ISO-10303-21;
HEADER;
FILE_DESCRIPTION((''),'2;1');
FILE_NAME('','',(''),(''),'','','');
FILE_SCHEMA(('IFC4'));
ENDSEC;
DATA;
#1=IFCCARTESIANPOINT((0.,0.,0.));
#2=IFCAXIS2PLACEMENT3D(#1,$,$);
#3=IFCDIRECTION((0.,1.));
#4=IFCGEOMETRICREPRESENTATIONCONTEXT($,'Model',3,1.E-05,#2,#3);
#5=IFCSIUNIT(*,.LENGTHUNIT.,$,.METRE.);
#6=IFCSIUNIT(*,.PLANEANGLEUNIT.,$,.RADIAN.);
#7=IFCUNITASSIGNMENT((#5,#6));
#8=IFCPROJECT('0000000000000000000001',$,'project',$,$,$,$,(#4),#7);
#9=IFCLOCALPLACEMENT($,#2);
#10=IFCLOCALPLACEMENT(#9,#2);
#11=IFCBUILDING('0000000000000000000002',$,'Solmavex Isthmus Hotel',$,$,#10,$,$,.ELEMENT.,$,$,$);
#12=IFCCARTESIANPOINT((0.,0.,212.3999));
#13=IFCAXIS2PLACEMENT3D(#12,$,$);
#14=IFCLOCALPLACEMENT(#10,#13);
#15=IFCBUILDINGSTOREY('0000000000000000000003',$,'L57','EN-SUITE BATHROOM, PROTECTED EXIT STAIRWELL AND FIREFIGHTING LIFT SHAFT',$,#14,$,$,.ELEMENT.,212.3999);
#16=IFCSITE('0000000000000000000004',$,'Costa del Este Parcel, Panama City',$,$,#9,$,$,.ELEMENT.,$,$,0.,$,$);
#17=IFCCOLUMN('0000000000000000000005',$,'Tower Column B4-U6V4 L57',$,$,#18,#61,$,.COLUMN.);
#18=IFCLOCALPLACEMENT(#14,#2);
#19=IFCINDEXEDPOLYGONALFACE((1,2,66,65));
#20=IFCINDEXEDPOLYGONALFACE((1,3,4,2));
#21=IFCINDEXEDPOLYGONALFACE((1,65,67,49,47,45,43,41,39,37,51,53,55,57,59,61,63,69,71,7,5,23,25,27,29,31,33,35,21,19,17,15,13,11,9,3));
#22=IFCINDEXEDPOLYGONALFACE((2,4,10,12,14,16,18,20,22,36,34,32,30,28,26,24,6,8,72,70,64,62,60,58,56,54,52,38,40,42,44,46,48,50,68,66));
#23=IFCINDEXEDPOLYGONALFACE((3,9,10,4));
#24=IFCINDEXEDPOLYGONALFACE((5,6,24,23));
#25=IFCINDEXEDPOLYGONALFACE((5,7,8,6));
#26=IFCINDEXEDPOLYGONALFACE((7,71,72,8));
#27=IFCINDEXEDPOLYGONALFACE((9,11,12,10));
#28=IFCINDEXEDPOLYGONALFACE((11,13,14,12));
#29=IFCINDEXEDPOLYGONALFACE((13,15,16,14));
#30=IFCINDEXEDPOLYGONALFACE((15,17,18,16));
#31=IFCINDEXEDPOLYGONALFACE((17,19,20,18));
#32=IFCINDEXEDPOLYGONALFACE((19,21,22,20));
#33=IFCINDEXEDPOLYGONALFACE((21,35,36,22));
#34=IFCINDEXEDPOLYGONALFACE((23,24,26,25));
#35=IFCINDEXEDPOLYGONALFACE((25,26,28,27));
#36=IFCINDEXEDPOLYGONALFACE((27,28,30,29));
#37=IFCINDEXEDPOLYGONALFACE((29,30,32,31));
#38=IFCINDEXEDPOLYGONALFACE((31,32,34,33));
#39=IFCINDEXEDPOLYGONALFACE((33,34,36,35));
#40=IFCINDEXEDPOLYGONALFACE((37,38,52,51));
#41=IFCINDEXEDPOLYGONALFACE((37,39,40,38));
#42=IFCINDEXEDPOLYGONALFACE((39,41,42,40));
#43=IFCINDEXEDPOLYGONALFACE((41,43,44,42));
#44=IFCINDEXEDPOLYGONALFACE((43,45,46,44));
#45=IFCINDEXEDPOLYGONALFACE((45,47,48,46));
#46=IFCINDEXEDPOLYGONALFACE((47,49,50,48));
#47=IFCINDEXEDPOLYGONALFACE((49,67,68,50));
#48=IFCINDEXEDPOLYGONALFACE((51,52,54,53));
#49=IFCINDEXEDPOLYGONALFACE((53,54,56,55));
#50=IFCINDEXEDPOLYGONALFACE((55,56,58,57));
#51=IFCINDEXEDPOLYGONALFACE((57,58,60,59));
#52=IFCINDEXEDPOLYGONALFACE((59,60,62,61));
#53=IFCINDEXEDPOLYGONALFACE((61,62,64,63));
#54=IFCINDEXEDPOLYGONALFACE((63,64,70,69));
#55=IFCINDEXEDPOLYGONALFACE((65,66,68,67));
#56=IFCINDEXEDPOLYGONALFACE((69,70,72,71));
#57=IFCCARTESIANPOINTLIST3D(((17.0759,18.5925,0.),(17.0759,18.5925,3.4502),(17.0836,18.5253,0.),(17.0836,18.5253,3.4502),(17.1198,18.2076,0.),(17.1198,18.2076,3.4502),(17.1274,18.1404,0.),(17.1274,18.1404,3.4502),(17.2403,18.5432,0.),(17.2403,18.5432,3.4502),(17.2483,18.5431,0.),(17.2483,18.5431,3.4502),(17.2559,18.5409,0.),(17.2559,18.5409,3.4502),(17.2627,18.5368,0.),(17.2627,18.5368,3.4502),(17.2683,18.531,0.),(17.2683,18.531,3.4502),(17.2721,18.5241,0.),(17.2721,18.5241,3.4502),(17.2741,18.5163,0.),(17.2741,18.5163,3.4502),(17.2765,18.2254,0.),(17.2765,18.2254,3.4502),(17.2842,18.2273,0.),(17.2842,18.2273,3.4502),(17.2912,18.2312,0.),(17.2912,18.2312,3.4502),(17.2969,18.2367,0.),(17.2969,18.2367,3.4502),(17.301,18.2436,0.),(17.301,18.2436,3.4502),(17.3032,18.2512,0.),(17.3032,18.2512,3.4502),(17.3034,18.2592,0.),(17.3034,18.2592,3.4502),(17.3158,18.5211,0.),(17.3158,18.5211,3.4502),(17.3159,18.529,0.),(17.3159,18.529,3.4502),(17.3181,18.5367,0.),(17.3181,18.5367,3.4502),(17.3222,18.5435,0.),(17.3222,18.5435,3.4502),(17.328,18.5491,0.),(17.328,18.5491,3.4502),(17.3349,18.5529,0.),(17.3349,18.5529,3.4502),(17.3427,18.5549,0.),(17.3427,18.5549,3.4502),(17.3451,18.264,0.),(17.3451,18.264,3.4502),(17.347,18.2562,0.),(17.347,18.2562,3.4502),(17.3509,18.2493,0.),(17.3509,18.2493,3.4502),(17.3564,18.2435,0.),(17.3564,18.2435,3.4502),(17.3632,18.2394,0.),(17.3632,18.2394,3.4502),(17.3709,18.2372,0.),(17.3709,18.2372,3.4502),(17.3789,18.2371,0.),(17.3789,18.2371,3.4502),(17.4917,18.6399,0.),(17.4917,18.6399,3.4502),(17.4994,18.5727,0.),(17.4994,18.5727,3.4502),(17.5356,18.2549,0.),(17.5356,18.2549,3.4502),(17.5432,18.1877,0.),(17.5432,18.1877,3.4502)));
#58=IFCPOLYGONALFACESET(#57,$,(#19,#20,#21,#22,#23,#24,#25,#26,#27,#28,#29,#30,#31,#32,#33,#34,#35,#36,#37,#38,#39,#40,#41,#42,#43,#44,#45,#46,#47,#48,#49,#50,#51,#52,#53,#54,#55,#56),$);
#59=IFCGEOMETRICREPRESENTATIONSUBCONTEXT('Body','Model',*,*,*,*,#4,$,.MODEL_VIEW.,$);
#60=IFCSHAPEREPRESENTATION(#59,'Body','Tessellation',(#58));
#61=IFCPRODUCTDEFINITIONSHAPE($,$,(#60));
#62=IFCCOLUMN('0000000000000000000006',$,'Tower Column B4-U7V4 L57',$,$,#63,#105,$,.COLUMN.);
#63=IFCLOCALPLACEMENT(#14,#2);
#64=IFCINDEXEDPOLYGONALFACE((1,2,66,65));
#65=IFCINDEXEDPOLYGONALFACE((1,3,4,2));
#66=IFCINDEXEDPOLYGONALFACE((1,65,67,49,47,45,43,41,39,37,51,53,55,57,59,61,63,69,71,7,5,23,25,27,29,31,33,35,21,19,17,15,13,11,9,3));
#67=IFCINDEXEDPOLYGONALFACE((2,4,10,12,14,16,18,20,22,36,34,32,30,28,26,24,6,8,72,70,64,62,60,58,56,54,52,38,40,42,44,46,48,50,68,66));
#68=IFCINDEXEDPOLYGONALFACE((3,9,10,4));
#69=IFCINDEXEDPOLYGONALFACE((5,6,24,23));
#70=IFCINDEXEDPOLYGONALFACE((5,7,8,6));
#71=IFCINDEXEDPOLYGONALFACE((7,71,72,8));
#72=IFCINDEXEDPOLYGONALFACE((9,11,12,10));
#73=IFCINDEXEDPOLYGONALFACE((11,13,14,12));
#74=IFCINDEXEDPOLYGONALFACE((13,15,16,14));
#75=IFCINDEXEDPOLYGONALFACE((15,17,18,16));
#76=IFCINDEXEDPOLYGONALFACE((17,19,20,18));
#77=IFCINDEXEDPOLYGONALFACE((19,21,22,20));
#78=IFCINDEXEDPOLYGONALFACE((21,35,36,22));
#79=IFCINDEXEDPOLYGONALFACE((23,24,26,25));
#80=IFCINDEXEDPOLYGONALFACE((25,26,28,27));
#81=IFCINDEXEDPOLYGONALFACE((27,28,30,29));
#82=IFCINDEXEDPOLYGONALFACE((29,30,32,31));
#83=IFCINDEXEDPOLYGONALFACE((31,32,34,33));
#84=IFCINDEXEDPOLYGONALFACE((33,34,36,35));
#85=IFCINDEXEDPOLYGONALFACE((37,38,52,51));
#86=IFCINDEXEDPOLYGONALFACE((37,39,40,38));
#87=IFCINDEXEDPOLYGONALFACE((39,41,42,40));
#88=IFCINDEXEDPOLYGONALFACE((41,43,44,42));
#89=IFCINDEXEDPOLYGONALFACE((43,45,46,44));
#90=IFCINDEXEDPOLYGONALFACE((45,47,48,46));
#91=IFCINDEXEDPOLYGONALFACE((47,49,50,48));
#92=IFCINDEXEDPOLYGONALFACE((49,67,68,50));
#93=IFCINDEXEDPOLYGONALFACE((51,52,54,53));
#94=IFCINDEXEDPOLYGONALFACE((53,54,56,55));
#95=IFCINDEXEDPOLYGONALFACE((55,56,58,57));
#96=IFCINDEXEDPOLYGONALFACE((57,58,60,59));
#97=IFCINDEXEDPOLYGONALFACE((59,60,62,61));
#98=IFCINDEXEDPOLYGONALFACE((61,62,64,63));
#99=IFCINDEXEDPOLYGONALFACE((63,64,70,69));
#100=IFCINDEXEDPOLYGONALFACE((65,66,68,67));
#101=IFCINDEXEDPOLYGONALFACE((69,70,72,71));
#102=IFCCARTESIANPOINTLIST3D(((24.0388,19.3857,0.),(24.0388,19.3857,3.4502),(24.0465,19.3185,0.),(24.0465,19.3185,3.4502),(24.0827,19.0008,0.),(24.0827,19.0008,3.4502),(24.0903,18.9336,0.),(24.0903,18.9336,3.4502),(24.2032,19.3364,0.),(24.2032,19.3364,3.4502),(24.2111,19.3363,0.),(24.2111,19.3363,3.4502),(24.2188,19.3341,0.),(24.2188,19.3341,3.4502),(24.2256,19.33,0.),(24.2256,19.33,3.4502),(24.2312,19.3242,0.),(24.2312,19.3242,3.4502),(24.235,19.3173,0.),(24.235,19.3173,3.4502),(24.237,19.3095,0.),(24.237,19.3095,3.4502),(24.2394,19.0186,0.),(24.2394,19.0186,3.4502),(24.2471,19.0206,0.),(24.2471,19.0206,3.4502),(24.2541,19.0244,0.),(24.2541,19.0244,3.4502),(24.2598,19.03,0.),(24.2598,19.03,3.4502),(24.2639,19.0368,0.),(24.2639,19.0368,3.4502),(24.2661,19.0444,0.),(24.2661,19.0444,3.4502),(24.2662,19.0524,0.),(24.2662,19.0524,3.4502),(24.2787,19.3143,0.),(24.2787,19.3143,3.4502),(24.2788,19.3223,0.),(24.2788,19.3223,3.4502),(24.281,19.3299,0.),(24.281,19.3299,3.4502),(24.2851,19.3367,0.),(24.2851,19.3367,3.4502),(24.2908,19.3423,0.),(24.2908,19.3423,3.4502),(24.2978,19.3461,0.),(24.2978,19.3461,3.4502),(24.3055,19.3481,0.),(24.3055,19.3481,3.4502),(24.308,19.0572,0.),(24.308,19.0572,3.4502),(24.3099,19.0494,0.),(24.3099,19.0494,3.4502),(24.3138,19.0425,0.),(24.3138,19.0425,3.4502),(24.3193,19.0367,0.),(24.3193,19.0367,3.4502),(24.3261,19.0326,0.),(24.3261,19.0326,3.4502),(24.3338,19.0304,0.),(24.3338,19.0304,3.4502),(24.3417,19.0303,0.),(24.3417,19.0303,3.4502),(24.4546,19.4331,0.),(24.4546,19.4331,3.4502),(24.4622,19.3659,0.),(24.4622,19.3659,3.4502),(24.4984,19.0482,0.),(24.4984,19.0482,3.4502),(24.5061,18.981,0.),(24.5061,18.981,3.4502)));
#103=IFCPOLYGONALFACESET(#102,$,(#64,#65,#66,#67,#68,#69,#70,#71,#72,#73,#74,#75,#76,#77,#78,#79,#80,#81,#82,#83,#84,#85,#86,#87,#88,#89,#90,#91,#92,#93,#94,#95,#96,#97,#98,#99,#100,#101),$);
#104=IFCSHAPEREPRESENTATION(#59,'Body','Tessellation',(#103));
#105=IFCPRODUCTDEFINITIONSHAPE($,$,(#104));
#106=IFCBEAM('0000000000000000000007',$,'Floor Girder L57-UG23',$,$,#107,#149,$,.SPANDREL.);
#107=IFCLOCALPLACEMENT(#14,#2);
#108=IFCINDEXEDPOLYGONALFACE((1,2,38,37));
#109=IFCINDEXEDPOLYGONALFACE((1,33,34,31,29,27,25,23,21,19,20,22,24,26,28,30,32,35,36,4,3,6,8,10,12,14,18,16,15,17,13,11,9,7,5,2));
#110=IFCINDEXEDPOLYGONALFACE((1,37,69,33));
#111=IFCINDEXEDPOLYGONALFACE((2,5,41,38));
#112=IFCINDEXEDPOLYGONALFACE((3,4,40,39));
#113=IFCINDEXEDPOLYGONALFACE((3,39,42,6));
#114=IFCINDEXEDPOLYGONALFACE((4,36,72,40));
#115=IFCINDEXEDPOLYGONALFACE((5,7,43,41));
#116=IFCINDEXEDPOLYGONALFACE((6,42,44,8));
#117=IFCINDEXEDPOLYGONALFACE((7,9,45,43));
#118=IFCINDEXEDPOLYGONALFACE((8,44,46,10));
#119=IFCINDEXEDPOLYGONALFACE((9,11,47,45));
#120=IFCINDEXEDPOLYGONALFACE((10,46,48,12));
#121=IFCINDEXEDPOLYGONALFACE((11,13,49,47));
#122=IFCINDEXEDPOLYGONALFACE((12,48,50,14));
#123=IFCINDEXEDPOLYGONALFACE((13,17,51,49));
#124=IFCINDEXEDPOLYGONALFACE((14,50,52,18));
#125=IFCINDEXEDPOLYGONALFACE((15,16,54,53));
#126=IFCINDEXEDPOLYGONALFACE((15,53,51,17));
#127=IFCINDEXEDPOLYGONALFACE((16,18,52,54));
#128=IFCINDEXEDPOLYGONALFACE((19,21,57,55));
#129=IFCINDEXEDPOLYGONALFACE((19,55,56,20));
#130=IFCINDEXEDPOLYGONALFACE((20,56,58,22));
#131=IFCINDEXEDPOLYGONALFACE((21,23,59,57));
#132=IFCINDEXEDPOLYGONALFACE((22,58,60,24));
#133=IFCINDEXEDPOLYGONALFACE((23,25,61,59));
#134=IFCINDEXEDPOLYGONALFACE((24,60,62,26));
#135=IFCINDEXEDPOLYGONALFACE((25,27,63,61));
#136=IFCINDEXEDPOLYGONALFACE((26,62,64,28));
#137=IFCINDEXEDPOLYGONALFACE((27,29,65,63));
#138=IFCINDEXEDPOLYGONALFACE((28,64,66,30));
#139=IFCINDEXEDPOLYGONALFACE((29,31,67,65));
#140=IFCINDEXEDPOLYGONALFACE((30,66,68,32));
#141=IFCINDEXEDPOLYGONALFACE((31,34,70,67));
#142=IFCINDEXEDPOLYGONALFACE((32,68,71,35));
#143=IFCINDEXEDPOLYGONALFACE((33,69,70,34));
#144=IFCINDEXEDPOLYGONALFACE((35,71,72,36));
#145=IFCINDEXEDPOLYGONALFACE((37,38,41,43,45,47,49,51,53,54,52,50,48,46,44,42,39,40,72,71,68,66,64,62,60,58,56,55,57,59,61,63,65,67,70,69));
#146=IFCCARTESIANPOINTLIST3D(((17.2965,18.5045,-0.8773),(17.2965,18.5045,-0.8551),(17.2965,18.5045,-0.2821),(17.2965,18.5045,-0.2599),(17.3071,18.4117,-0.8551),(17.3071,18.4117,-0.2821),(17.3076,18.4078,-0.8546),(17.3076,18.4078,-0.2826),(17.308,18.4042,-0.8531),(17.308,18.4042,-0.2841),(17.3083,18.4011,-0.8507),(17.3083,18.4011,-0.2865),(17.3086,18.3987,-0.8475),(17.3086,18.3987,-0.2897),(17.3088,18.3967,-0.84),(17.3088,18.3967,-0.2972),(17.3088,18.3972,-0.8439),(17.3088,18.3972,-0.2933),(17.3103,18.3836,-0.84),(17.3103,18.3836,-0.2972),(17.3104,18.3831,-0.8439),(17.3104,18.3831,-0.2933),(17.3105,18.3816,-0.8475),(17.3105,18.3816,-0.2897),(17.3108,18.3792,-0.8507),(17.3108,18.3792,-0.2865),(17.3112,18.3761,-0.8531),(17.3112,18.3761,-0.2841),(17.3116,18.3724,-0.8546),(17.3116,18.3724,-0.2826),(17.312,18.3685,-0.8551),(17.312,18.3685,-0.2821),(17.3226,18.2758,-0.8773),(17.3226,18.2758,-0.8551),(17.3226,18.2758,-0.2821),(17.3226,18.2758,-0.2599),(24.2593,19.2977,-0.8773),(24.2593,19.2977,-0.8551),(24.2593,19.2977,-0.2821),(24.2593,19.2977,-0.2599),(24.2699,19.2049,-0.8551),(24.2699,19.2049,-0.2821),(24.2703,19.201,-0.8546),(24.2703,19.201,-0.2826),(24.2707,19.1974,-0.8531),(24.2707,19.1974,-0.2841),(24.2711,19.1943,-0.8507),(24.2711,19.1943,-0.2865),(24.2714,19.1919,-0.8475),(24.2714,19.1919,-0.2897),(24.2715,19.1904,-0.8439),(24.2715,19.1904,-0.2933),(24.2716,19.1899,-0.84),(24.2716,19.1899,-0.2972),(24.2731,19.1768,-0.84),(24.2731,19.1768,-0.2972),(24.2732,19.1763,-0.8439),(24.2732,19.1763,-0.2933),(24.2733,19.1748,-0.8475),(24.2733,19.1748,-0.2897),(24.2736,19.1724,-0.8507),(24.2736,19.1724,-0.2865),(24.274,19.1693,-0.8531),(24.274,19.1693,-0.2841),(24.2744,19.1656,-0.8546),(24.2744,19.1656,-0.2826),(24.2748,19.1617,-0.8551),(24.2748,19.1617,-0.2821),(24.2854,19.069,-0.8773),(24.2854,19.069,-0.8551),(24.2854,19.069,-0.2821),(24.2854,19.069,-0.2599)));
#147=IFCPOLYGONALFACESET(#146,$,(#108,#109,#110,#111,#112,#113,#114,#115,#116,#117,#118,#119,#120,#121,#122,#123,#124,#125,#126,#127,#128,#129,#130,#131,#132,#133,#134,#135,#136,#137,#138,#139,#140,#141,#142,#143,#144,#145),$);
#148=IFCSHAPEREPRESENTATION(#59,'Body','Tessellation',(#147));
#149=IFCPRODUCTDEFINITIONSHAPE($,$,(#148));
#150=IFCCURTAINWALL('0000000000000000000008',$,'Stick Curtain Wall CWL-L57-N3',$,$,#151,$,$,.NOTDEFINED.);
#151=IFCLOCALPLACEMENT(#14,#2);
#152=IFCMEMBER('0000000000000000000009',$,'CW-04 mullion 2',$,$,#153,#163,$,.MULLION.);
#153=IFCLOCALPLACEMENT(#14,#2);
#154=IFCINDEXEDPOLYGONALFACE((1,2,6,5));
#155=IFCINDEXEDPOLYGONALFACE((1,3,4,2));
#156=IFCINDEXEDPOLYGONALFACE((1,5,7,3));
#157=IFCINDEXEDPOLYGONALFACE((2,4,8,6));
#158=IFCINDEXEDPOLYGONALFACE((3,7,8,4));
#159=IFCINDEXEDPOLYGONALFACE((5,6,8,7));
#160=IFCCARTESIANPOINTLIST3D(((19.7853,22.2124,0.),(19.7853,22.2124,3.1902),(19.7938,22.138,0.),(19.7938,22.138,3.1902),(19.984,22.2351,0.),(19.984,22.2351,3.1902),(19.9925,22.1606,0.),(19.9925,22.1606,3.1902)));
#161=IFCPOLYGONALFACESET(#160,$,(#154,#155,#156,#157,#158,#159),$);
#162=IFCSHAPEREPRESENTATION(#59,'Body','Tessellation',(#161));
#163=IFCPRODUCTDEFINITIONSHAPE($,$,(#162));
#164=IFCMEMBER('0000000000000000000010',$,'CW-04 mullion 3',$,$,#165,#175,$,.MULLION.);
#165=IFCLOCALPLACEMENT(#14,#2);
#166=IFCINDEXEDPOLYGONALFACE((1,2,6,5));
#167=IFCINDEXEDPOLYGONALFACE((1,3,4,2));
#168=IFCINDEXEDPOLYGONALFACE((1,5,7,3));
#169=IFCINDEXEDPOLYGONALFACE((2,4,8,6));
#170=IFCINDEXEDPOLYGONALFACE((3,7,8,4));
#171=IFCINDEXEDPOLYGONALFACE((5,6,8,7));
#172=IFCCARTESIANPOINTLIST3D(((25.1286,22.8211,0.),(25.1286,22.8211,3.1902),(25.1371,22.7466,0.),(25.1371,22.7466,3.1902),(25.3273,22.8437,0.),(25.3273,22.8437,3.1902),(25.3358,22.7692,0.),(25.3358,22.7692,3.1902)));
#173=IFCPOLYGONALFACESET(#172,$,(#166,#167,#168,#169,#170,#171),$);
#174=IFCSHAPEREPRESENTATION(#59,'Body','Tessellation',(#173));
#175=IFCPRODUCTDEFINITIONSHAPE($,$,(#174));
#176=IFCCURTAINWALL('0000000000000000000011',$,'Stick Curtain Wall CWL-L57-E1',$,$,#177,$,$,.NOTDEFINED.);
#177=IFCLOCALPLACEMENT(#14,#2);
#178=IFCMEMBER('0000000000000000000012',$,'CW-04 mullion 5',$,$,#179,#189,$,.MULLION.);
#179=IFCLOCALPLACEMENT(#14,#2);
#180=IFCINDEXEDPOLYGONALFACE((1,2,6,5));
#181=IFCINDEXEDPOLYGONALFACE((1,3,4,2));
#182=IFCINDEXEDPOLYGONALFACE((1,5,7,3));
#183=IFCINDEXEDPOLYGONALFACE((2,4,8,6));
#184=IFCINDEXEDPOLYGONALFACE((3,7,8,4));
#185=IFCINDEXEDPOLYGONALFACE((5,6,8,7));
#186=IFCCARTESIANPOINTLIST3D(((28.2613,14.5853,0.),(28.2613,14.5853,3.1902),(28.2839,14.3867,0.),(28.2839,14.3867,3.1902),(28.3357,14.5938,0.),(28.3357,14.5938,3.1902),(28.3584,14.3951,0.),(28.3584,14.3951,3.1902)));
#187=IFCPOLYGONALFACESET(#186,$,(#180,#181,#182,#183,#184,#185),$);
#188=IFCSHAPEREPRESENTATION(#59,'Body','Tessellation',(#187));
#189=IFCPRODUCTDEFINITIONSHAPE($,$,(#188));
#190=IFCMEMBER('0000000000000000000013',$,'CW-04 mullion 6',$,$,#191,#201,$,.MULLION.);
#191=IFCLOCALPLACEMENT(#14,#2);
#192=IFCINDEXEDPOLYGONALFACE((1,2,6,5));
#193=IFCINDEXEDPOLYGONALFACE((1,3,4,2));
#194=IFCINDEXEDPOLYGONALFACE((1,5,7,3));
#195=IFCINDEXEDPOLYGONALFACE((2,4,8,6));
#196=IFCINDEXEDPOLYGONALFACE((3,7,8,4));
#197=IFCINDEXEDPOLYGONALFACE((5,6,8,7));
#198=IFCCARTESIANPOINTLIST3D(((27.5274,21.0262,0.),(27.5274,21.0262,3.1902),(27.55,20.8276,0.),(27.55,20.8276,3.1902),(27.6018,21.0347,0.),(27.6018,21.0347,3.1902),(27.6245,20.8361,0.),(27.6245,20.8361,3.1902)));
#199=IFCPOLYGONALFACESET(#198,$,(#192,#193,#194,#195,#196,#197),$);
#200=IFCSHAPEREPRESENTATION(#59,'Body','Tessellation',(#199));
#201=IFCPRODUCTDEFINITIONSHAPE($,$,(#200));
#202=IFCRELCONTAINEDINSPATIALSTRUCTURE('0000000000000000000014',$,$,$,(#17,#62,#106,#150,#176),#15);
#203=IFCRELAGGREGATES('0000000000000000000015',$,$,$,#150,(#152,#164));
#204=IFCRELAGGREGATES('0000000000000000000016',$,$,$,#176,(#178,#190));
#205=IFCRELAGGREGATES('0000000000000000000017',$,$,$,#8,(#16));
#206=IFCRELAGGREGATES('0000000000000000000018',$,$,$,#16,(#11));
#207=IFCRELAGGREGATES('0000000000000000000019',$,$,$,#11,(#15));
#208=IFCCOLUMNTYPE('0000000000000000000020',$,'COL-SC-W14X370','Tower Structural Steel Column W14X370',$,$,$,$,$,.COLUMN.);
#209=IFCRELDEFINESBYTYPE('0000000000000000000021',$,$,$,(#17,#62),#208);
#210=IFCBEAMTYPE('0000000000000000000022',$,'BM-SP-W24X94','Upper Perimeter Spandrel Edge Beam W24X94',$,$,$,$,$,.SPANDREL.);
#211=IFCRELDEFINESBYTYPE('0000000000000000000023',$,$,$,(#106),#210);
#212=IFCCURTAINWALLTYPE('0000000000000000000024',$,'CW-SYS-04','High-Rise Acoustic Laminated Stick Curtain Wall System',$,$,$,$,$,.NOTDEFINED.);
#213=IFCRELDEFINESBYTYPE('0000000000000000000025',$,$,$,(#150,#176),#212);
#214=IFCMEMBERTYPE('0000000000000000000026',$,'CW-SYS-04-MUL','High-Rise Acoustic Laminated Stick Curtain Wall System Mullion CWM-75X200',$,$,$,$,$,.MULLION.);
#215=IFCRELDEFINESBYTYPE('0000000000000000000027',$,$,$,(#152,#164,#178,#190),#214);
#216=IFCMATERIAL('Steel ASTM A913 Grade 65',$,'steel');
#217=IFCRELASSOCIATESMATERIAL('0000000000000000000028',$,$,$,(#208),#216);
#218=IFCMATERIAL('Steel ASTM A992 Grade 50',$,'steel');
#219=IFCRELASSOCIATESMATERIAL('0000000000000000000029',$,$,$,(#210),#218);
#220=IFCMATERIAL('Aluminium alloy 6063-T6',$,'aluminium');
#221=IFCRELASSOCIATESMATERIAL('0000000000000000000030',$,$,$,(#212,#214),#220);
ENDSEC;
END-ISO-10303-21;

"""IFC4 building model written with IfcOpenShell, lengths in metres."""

from ifc_helpers import new_model, si_unit, direction, frame, origin, origin_2d, place, context, subcontext, project, spatial, rectangle, i_section, extrude, material, material_profile, profile_set, type_object, element, aggregate, save


model = new_model("IFC4")

# Units and contexts
model_context = context("Model", 3, precision=1e-05, world=origin(), true_north=direction((0.0, 1.0)))
body_context = subcontext(model_context, "Body", "Model", "MODEL_VIEW")
ifc_project = project(units=[si_unit("LENGTHUNIT", "METRE"), si_unit("PLANEANGLEUNIT", "RADIAN")], contexts=[model_context])

# Site, building, storey
site_placement = place(None, origin())
site = spatial("IfcSite", under=ifc_project, at=site_placement, Name="Costa del Este Parcel, Panama City", CompositionType="ELEMENT", RefElevation=0.0)
building_placement = place(site_placement, origin())
building = spatial("IfcBuilding", under=site, at=building_placement, Name="Solmavex Isthmus Hotel", CompositionType="ELEMENT")
storey_placement = place(building_placement, frame((0.0, 0.0, 212.3999)))
storey = spatial("IfcBuildingStorey", under=building, at=storey_placement, Name="L57", Description="EN-SUITE BATHROOM, PROTECTED EXIT STAIRWELL AND FIREFIGHTING LIFT SHAFT", CompositionType="ELEMENT", Elevation=212.3999)

# Columns
ifc_material_1 = material(Name="Steel ASTM A913 Grade 65", Category="steel")
ifc_material_profile_1 = material_profile(ifc_material_1, i_section(OverallWidth=0.4185, OverallDepth=0.4551, WebThickness=0.042, FlangeThickness=0.0676, FilletRadius=0.0305, at=origin_2d()), Name="W14X370")
ifc_profile_set_1 = profile_set([ifc_material_profile_1], Name="Steel ASTM A913 Grade 65")
column_type = type_object("IfcColumnType", Name="COL-SC-W14X370", Description="Tower Structural Steel Column W14X370", PredefinedType="COLUMN", material=ifc_profile_set_1)
for number, where, z_axis, x_axis, name in (
    (1, (17.3096, 18.3901, 0.0), (0.0, 0.0, 1.0), (0.993572, 0.113203, 0.0), "Tower Column B4-U6V4 L57"),
    (2, (24.2725, 19.1833, 0.0), (0.0, 0.0, 1.0), (0.993572, 0.113203, 0.0), "Tower Column B4-U7V4 L57"),
):
    element("IfcColumn", number, at=place(storey_placement, frame(where, z_axis=z_axis, x_axis=x_axis)), inside=storey, type_object=column_type, Name=name, PredefinedType="COLUMN", context=body_context, shape_type="SweptSolid", body=[
        extrude(i_section(OverallWidth=0.4185, OverallDepth=0.4551, WebThickness=0.042, FlangeThickness=0.0676, FilletRadius=0.0305, at=origin_2d()), origin(), (0.0, 0.0, 1.0), 3.4502),
    ])

# Beam
ifc_material_2 = material(Name="Steel ASTM A992 Grade 50", Category="steel")
ifc_material_profile_2 = material_profile(ifc_material_2, i_section(OverallWidth=0.2302, OverallDepth=0.6174, WebThickness=0.0132, FlangeThickness=0.0222, FilletRadius=0.0151, at=origin_2d()), Name="W24X94")
ifc_profile_set_2 = profile_set([ifc_material_profile_2], Name="Steel ASTM A992 Grade 50")
beam_type = type_object("IfcBeamType", Name="BM-SP-W24X94", Description="Upper Perimeter Spandrel Edge Beam W24X94", PredefinedType="SPANDREL", material=ifc_profile_set_2)
beam_placement = place(storey_placement, frame((17.3096, 18.3901, -0.5686), z_axis=(0.993574, 0.113188, 0.0), x_axis=(-0.113188, 0.993574, 0.0)))
element("IfcBeam", 3, at=beam_placement, inside=storey, type_object=beam_type, Name="Floor Girder L57-UG23", PredefinedType="SPANDREL", context=body_context, shape_type="SweptSolid", body=[
    extrude(i_section(OverallWidth=0.2302, OverallDepth=0.6174, WebThickness=0.0132, FlangeThickness=0.0222, FilletRadius=0.0151, at=origin_2d()), origin(), (0.0, 0.0, 1.0), 7.0078),
])

# Curtain walls, members
ifc_material_3 = material(Name="Aluminium alloy 6063-T6", Category="aluminium")
curtain_wall_type = type_object("IfcCurtainWallType", Name="CW-SYS-04", Description="High-Rise Acoustic Laminated Stick Curtain Wall System", PredefinedType="NOTDEFINED", material=ifc_material_3)
curtain_wall_1_placement = place(storey_placement, origin())
curtain_wall_1 = element("IfcCurtainWall", 4, at=curtain_wall_1_placement, inside=storey, type_object=curtain_wall_type, Name="Stick Curtain Wall CWL-L57-N3", PredefinedType="NOTDEFINED")
ifc_material_profile_3 = material_profile(ifc_material_3, rectangle(XDim=0.075, YDim=0.2, at=origin_2d()), Name="CWM-75X200")
ifc_profile_set_3 = profile_set([ifc_material_profile_3], Name="Aluminium alloy 6063-T6")
member_type_1 = type_object("IfcMemberType", Name="CW-SYS-04-MUL", Description="High-Rise Acoustic Laminated Stick Curtain Wall System Mullion CWM-75X200", PredefinedType="MULLION", material=ifc_profile_set_3)
member_1_placement = place(storey_placement, frame((19.8889, 22.1865, 0.0), z_axis=(0.0, 0.0, 1.0), x_axis=(-0.113204, 0.993572, 0.0)))
member_1 = element("IfcMember", 5, at=member_1_placement, type_object=member_type_1, Name="CW-04 mullion 2", PredefinedType="MULLION", context=body_context, shape_type="SweptSolid", body=[
    extrude(rectangle(XDim=0.075, YDim=0.2, at=origin_2d()), origin(), (0.0, 0.0, 1.0), 3.1902),
])
member_2_placement = place(storey_placement, frame((25.2322, 22.7952, 0.0), z_axis=(0.0, 0.0, 1.0), x_axis=(-0.113204, 0.993572, 0.0)))
member_2 = element("IfcMember", 6, at=member_2_placement, type_object=member_type_1, Name="CW-04 mullion 3", PredefinedType="MULLION", context=body_context, shape_type="SweptSolid", body=[
    extrude(rectangle(XDim=0.075, YDim=0.2, at=origin_2d()), origin(), (0.0, 0.0, 1.0), 3.1902),
])
curtain_wall_2_placement = place(storey_placement, origin())
curtain_wall_2 = element("IfcCurtainWall", 7, at=curtain_wall_2_placement, inside=storey, type_object=curtain_wall_type, Name="Stick Curtain Wall CWL-L57-E1", PredefinedType="NOTDEFINED")
member_3_placement = place(storey_placement, frame((28.3098, 14.4902, 0.0), z_axis=(0.0, 0.0, 1.0), x_axis=(-0.993572, -0.113203, 0.0)))
member_3 = element("IfcMember", 8, at=member_3_placement, type_object=member_type_1, Name="CW-04 mullion 5", PredefinedType="MULLION", context=body_context, shape_type="SweptSolid", body=[
    extrude(rectangle(XDim=0.075, YDim=0.2, at=origin_2d()), origin(), (0.0, 0.0, 1.0), 3.1902),
])
member_4_placement = place(storey_placement, frame((27.5759, 20.9312, 0.0), z_axis=(0.0, 0.0, 1.0), x_axis=(-0.993572, -0.113203, 0.0)))
member_4 = element("IfcMember", 9, at=member_4_placement, type_object=member_type_1, Name="CW-04 mullion 6", PredefinedType="MULLION", context=body_context, shape_type="SweptSolid", body=[
    extrude(rectangle(XDim=0.075, YDim=0.2, at=origin_2d()), origin(), (0.0, 0.0, 1.0), 3.1902),
])

aggregate(curtain_wall_1, [member_1, member_2])
aggregate(curtain_wall_2, [member_3, member_4])

save(model, "model.ifc")
